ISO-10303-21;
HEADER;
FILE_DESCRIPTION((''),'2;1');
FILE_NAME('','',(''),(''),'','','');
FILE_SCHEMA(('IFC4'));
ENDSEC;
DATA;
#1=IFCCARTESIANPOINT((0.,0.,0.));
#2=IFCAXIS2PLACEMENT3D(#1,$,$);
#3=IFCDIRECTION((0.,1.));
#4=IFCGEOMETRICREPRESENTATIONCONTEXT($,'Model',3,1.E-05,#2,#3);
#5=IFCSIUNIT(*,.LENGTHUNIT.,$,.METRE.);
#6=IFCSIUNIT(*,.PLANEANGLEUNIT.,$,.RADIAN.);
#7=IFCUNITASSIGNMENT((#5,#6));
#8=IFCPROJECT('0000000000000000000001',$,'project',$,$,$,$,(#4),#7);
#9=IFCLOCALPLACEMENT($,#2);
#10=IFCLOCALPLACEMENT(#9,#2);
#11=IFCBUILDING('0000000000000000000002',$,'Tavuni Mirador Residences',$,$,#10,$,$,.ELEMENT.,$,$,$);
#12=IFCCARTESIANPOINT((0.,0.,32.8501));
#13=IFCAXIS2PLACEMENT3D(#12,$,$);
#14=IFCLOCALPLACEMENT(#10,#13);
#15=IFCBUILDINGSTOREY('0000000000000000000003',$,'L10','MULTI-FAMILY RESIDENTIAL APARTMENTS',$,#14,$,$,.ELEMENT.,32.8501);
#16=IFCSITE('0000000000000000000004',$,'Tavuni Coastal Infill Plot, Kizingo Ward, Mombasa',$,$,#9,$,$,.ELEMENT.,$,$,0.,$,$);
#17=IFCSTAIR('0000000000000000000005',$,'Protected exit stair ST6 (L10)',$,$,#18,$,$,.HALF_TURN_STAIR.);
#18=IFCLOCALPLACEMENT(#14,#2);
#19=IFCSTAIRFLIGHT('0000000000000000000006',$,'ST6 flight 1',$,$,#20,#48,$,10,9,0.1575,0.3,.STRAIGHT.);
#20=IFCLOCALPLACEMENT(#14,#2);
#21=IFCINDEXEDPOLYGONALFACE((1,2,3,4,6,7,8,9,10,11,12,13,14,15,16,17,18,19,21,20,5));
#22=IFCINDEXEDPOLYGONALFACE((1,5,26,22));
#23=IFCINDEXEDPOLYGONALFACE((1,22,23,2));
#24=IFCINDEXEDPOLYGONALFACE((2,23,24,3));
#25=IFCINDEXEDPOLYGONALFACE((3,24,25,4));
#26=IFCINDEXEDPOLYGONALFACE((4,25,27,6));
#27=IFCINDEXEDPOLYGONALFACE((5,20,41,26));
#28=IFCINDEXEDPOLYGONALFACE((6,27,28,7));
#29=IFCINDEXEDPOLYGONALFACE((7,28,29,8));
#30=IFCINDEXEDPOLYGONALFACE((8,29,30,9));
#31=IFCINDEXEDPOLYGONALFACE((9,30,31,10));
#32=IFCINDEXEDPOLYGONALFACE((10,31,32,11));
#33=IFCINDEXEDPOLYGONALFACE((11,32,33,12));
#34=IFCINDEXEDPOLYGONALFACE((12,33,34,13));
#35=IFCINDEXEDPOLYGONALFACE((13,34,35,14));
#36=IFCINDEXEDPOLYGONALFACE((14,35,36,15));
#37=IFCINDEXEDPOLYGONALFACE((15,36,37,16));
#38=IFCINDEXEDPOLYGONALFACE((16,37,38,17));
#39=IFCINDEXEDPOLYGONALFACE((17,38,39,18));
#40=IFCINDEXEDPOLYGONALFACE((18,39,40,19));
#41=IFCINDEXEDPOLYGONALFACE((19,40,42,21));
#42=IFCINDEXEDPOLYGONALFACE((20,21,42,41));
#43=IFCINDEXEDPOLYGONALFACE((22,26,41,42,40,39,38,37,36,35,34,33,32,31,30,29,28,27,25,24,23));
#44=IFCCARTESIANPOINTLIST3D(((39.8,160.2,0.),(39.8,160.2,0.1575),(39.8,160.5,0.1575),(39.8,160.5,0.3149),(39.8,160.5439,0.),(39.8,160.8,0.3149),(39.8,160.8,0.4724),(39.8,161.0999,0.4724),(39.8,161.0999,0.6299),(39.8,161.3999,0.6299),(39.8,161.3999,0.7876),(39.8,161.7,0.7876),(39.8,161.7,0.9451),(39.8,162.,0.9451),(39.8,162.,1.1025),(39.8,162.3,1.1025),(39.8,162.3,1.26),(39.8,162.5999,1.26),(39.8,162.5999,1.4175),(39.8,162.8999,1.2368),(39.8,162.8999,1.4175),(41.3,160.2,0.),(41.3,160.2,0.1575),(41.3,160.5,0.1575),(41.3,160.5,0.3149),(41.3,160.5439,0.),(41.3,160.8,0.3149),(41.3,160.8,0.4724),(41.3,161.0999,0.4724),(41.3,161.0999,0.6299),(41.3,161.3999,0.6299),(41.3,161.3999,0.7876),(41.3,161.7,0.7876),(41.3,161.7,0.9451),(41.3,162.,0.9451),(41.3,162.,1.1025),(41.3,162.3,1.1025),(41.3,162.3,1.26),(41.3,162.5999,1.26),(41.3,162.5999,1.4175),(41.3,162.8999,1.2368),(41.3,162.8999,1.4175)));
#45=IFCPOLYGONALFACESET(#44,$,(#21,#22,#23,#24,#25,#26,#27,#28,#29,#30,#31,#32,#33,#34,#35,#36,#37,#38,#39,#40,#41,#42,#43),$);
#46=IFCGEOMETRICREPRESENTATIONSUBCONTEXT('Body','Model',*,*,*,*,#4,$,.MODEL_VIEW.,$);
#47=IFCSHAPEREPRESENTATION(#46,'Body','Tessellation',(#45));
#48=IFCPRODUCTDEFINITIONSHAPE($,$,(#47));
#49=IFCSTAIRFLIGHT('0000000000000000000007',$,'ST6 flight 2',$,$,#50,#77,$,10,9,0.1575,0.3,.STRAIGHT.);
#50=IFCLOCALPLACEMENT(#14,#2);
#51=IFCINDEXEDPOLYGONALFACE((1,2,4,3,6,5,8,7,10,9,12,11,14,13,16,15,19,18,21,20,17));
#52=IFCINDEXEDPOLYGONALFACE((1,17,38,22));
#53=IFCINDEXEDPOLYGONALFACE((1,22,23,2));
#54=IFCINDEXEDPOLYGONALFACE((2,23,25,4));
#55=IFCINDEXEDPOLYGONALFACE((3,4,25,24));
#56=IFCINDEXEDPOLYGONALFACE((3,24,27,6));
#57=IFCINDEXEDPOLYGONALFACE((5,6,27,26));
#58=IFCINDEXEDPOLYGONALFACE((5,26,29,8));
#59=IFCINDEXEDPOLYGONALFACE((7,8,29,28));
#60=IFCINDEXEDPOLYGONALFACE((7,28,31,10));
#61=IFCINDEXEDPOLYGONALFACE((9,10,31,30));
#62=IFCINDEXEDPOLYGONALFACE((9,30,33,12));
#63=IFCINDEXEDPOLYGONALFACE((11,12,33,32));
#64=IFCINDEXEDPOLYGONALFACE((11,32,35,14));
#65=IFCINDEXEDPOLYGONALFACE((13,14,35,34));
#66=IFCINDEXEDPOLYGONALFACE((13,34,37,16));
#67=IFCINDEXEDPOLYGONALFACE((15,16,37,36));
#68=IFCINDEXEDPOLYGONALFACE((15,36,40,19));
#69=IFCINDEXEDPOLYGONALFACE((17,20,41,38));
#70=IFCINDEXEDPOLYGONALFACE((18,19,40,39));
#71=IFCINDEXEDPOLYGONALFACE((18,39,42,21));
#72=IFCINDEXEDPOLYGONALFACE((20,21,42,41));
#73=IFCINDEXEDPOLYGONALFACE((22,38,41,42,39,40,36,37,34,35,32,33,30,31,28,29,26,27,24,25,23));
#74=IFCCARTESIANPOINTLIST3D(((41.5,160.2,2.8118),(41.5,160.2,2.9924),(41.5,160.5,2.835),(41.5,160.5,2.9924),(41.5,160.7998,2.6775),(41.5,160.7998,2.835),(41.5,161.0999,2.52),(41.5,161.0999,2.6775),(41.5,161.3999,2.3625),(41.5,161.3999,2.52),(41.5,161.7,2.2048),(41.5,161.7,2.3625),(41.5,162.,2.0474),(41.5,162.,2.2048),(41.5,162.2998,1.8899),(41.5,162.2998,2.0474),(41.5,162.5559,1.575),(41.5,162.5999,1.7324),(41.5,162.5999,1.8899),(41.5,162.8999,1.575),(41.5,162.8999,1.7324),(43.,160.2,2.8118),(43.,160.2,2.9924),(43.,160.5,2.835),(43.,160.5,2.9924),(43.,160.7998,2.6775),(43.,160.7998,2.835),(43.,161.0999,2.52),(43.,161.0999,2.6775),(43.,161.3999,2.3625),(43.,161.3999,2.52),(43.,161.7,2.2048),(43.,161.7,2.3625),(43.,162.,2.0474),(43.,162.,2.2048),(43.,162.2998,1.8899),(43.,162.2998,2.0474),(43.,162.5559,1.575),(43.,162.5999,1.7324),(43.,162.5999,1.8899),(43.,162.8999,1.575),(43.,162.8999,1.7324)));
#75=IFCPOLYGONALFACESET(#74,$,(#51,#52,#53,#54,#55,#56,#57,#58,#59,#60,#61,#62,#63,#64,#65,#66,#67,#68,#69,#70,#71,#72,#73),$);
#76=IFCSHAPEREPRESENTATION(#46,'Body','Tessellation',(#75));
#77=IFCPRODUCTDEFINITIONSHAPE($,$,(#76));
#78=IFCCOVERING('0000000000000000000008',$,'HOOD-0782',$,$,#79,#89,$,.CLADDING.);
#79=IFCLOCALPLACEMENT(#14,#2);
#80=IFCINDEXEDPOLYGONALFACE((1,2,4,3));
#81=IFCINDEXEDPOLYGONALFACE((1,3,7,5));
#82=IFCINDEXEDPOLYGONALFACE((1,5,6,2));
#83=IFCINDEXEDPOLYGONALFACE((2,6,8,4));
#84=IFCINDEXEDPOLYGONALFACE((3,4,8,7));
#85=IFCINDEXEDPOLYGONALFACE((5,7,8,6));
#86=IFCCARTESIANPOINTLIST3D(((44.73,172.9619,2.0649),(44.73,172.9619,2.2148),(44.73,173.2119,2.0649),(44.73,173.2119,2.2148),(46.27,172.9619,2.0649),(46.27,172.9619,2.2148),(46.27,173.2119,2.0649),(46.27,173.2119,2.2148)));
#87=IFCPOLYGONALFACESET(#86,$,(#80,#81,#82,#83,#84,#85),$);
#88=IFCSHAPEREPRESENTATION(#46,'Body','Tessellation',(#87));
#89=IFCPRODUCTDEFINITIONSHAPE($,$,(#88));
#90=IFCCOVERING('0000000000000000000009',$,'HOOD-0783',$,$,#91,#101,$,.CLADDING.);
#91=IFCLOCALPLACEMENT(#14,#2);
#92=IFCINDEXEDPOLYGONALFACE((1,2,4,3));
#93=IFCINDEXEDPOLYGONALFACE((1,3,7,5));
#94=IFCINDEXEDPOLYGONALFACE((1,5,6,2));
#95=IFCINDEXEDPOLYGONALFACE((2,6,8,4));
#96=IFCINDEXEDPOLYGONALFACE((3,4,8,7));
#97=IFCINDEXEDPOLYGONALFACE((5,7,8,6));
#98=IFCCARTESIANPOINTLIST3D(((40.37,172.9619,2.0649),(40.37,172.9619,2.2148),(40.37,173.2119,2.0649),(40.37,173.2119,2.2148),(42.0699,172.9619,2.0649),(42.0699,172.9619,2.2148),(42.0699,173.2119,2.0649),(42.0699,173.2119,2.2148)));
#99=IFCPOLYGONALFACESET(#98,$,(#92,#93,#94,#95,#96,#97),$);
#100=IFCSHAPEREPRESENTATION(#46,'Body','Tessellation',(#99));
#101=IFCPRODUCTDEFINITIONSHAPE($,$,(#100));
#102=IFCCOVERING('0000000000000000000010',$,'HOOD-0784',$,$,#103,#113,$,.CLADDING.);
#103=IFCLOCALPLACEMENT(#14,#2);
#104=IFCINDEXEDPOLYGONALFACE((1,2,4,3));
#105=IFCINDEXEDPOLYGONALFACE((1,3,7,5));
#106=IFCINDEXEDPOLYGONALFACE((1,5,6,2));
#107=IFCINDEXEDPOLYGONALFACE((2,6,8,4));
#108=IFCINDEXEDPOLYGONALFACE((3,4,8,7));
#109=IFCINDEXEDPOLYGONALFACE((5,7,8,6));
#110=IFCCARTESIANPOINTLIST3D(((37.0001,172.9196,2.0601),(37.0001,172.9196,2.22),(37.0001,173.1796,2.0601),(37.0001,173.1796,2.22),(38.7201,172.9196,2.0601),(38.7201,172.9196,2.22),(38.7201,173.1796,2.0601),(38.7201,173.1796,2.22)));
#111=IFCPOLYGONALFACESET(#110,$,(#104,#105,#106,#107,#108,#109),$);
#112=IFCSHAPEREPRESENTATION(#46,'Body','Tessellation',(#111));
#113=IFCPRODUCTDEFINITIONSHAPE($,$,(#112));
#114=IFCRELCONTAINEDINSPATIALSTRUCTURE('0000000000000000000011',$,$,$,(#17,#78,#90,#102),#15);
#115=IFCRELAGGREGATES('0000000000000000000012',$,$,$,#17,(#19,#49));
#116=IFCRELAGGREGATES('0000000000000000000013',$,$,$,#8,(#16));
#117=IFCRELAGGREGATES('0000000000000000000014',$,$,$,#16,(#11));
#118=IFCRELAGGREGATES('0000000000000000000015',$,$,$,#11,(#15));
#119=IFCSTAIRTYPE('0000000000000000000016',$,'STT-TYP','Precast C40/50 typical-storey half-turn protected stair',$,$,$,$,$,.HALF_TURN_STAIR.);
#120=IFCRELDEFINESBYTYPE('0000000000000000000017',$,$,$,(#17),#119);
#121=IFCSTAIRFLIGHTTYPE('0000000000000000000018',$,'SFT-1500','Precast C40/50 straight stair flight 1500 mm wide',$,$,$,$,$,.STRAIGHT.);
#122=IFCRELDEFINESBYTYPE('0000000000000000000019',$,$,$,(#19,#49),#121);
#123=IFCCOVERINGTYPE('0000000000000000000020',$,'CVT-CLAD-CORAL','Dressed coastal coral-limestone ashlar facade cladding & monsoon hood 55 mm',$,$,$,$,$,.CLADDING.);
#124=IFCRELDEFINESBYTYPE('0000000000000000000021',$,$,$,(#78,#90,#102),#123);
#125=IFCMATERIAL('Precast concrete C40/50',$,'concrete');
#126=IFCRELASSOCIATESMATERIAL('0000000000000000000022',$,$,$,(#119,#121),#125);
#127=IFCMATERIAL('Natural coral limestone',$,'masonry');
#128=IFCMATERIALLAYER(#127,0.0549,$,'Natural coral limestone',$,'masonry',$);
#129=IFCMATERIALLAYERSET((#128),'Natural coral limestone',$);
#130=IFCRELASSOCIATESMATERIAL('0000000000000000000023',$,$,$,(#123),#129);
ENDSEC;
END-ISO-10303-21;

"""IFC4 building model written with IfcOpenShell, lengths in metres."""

from ifc_helpers import new_model, si_unit, direction, frame, origin, origin_2d, place, context, subcontext, project, spatial, polyline, rectangle, outline, extrude, material, layer, layer_set, type_object, element, aggregate, save


model = new_model("IFC4")

# Units and contexts
model_context = context("Model", 3, precision=1e-05, world=origin(), true_north=direction((0.0, 1.0)))
body_context = subcontext(model_context, "Body", "Model", "MODEL_VIEW")
ifc_project = project(units=[si_unit("LENGTHUNIT", "METRE"), si_unit("PLANEANGLEUNIT", "RADIAN")], contexts=[model_context])

# Site, building, storey
site_placement = place(None, origin())
site = spatial("IfcSite", under=ifc_project, at=site_placement, Name="Tavuni Coastal Infill Plot, Kizingo Ward, Mombasa", CompositionType="ELEMENT", RefElevation=0.0)
building_placement = place(site_placement, origin())
building = spatial("IfcBuilding", under=site, at=building_placement, Name="Tavuni Mirador Residences", CompositionType="ELEMENT")
storey_placement = place(building_placement, frame((0.0, 0.0, 32.8501)))
storey = spatial("IfcBuildingStorey", under=building, at=storey_placement, Name="L10", Description="MULTI-FAMILY RESIDENTIAL APARTMENTS", CompositionType="ELEMENT", Elevation=32.8501)

# Shared definitions
ifc_material_1 = material(Name="Precast concrete C40/50", Category="concrete")

# Stair, stair flights
stair_type = type_object("IfcStairType", Name="STT-TYP", Description="Precast C40/50 typical-storey half-turn protected stair", PredefinedType="HALF_TURN_STAIR", material=ifc_material_1)
stair_placement = place(storey_placement, origin())
stair = element("IfcStair", 1, at=stair_placement, inside=storey, type_object=stair_type, Name="Protected exit stair ST6 (L10)", PredefinedType="HALF_TURN_STAIR")
stair_flight_type = type_object("IfcStairFlightType", Name="SFT-1500", Description="Precast C40/50 straight stair flight 1500 mm wide", PredefinedType="STRAIGHT", material=ifc_material_1)
stair_flight_1_placement = place(storey_placement, frame((40.55, 160.2, 0.0), z_axis=(0.0, 0.0, 1.0), x_axis=(0.0, 1.0, 0.0)))
stair_flight_1 = element("IfcStairFlight", 2, at=stair_flight_1_placement, type_object=stair_flight_type, Name="ST6 flight 1", NumberOfRisers=10, NumberOfTreads=9, PredefinedType="STRAIGHT", RiserHeight=0.1575, TreadLength=0.3, context=body_context, shape_type="SweptSolid", body=[
    extrude(outline(polyline([(0.0, 0.0), (0.0, 0.1575), (0.3, 0.1575), (0.3, 0.3149), (0.6001, 0.3149), (0.6001, 0.4724), (0.8999, 0.4724), (0.8999, 0.6299), (1.2, 0.6299), (1.2, 0.7876), (1.5, 0.7876), (1.5, 0.9451), (1.8, 0.9451), (1.8, 1.1025), (2.1001, 1.1025), (2.1001, 1.26), (2.3999, 1.26), (2.3999, 1.4175), (2.7, 1.4175), (2.7, 1.575), (2.7, 1.2368), (0.344, 0.0), (0.0, 0.0)])), frame((0.0, 0.75, 0.0), z_axis=(0.0, -1.0, 0.0), x_axis=(1.0, 0.0, 0.0)), (0.0, 0.0, 1.0), 1.5),
])
stair_flight_2_placement = place(storey_placement, frame((42.25, 162.8999, 1.575), z_axis=(0.0, 0.0, 1.0), x_axis=(0.0, -1.0, 0.0)))
stair_flight_2 = element("IfcStairFlight", 3, at=stair_flight_2_placement, type_object=stair_flight_type, Name="ST6 flight 2", NumberOfRisers=10, NumberOfTreads=9, PredefinedType="STRAIGHT", RiserHeight=0.1575, TreadLength=0.3, context=body_context, shape_type="SweptSolid", body=[
    extrude(outline(polyline([(0.0, 0.0), (0.0, 0.1575), (0.3, 0.1575), (0.3, 0.3149), (0.6001, 0.3149), (0.6001, 0.4724), (0.8999, 0.4724), (0.8999, 0.6299), (1.2, 0.6299), (1.2, 0.7876), (1.5, 0.7876), (1.5, 0.9451), (1.8, 0.9451), (1.8, 1.1025), (2.1001, 1.1025), (2.1001, 1.26), (2.3999, 1.26), (2.3999, 1.4175), (2.7, 1.4175), (2.7, 1.575), (2.7, 1.2368), (0.344, 0.0), (0.0, 0.0)])), frame((0.0, 0.75, 0.0), z_axis=(0.0, -1.0, 0.0), x_axis=(1.0, 0.0, 0.0)), (0.0, 0.0, 1.0), 1.5),
])
aggregate(stair, [stair_flight_1, stair_flight_2])

# Coverings
ifc_material_2 = material(Name="Natural coral limestone", Category="masonry")
ifc_layer_1 = layer(ifc_material_2, 0.0549, Name="Natural coral limestone", Category="masonry")
ifc_layer_set_1 = layer_set([ifc_layer_1], Name="Natural coral limestone")
covering_type = type_object("IfcCoveringType", Name="CVT-CLAD-CORAL", Description="Dressed coastal coral-limestone ashlar facade cladding & monsoon hood 55 mm", PredefinedType="CLADDING", material=ifc_layer_set_1)
covering_1_placement = place(storey_placement, frame((45.5, 173.0869, 2.0649), z_axis=(0.0, 0.0, 1.0), x_axis=(-1.0, 0.0, 0.0)))
element("IfcCovering", 4, at=covering_1_placement, inside=storey, type_object=covering_type, Name="HOOD-0782", PredefinedType="CLADDING", context=body_context, shape_type="SweptSolid", body=[
    extrude(rectangle(XDim=1.54, YDim=0.25, at=origin_2d()), origin(), (0.0, 0.0, 1.0), 0.1499),
])
covering_2_placement = place(storey_placement, frame((41.22, 173.0869, 2.0649), z_axis=(0.0, 0.0, 1.0), x_axis=(-1.0, 0.0, 0.0)))
element("IfcCovering", 5, at=covering_2_placement, inside=storey, type_object=covering_type, Name="HOOD-0783", PredefinedType="CLADDING", context=body_context, shape_type="SweptSolid", body=[
    extrude(rectangle(XDim=1.7, YDim=0.25, at=origin_2d()), origin(), (0.0, 0.0, 1.0), 0.1499),
])
covering_3_placement = place(storey_placement, frame((37.8601, 173.0496, 2.0601), z_axis=(0.0, 0.0, 1.0), x_axis=(-1.0, 0.0, 0.0)))
element("IfcCovering", 6, at=covering_3_placement, inside=storey, type_object=covering_type, Name="HOOD-0784", PredefinedType="CLADDING", context=body_context, shape_type="SweptSolid", body=[
    extrude(rectangle(XDim=1.72, YDim=0.26, at=origin_2d()), origin(), (0.0, 0.0, 1.0), 0.1599),
])

save(model, "model.ifc")
